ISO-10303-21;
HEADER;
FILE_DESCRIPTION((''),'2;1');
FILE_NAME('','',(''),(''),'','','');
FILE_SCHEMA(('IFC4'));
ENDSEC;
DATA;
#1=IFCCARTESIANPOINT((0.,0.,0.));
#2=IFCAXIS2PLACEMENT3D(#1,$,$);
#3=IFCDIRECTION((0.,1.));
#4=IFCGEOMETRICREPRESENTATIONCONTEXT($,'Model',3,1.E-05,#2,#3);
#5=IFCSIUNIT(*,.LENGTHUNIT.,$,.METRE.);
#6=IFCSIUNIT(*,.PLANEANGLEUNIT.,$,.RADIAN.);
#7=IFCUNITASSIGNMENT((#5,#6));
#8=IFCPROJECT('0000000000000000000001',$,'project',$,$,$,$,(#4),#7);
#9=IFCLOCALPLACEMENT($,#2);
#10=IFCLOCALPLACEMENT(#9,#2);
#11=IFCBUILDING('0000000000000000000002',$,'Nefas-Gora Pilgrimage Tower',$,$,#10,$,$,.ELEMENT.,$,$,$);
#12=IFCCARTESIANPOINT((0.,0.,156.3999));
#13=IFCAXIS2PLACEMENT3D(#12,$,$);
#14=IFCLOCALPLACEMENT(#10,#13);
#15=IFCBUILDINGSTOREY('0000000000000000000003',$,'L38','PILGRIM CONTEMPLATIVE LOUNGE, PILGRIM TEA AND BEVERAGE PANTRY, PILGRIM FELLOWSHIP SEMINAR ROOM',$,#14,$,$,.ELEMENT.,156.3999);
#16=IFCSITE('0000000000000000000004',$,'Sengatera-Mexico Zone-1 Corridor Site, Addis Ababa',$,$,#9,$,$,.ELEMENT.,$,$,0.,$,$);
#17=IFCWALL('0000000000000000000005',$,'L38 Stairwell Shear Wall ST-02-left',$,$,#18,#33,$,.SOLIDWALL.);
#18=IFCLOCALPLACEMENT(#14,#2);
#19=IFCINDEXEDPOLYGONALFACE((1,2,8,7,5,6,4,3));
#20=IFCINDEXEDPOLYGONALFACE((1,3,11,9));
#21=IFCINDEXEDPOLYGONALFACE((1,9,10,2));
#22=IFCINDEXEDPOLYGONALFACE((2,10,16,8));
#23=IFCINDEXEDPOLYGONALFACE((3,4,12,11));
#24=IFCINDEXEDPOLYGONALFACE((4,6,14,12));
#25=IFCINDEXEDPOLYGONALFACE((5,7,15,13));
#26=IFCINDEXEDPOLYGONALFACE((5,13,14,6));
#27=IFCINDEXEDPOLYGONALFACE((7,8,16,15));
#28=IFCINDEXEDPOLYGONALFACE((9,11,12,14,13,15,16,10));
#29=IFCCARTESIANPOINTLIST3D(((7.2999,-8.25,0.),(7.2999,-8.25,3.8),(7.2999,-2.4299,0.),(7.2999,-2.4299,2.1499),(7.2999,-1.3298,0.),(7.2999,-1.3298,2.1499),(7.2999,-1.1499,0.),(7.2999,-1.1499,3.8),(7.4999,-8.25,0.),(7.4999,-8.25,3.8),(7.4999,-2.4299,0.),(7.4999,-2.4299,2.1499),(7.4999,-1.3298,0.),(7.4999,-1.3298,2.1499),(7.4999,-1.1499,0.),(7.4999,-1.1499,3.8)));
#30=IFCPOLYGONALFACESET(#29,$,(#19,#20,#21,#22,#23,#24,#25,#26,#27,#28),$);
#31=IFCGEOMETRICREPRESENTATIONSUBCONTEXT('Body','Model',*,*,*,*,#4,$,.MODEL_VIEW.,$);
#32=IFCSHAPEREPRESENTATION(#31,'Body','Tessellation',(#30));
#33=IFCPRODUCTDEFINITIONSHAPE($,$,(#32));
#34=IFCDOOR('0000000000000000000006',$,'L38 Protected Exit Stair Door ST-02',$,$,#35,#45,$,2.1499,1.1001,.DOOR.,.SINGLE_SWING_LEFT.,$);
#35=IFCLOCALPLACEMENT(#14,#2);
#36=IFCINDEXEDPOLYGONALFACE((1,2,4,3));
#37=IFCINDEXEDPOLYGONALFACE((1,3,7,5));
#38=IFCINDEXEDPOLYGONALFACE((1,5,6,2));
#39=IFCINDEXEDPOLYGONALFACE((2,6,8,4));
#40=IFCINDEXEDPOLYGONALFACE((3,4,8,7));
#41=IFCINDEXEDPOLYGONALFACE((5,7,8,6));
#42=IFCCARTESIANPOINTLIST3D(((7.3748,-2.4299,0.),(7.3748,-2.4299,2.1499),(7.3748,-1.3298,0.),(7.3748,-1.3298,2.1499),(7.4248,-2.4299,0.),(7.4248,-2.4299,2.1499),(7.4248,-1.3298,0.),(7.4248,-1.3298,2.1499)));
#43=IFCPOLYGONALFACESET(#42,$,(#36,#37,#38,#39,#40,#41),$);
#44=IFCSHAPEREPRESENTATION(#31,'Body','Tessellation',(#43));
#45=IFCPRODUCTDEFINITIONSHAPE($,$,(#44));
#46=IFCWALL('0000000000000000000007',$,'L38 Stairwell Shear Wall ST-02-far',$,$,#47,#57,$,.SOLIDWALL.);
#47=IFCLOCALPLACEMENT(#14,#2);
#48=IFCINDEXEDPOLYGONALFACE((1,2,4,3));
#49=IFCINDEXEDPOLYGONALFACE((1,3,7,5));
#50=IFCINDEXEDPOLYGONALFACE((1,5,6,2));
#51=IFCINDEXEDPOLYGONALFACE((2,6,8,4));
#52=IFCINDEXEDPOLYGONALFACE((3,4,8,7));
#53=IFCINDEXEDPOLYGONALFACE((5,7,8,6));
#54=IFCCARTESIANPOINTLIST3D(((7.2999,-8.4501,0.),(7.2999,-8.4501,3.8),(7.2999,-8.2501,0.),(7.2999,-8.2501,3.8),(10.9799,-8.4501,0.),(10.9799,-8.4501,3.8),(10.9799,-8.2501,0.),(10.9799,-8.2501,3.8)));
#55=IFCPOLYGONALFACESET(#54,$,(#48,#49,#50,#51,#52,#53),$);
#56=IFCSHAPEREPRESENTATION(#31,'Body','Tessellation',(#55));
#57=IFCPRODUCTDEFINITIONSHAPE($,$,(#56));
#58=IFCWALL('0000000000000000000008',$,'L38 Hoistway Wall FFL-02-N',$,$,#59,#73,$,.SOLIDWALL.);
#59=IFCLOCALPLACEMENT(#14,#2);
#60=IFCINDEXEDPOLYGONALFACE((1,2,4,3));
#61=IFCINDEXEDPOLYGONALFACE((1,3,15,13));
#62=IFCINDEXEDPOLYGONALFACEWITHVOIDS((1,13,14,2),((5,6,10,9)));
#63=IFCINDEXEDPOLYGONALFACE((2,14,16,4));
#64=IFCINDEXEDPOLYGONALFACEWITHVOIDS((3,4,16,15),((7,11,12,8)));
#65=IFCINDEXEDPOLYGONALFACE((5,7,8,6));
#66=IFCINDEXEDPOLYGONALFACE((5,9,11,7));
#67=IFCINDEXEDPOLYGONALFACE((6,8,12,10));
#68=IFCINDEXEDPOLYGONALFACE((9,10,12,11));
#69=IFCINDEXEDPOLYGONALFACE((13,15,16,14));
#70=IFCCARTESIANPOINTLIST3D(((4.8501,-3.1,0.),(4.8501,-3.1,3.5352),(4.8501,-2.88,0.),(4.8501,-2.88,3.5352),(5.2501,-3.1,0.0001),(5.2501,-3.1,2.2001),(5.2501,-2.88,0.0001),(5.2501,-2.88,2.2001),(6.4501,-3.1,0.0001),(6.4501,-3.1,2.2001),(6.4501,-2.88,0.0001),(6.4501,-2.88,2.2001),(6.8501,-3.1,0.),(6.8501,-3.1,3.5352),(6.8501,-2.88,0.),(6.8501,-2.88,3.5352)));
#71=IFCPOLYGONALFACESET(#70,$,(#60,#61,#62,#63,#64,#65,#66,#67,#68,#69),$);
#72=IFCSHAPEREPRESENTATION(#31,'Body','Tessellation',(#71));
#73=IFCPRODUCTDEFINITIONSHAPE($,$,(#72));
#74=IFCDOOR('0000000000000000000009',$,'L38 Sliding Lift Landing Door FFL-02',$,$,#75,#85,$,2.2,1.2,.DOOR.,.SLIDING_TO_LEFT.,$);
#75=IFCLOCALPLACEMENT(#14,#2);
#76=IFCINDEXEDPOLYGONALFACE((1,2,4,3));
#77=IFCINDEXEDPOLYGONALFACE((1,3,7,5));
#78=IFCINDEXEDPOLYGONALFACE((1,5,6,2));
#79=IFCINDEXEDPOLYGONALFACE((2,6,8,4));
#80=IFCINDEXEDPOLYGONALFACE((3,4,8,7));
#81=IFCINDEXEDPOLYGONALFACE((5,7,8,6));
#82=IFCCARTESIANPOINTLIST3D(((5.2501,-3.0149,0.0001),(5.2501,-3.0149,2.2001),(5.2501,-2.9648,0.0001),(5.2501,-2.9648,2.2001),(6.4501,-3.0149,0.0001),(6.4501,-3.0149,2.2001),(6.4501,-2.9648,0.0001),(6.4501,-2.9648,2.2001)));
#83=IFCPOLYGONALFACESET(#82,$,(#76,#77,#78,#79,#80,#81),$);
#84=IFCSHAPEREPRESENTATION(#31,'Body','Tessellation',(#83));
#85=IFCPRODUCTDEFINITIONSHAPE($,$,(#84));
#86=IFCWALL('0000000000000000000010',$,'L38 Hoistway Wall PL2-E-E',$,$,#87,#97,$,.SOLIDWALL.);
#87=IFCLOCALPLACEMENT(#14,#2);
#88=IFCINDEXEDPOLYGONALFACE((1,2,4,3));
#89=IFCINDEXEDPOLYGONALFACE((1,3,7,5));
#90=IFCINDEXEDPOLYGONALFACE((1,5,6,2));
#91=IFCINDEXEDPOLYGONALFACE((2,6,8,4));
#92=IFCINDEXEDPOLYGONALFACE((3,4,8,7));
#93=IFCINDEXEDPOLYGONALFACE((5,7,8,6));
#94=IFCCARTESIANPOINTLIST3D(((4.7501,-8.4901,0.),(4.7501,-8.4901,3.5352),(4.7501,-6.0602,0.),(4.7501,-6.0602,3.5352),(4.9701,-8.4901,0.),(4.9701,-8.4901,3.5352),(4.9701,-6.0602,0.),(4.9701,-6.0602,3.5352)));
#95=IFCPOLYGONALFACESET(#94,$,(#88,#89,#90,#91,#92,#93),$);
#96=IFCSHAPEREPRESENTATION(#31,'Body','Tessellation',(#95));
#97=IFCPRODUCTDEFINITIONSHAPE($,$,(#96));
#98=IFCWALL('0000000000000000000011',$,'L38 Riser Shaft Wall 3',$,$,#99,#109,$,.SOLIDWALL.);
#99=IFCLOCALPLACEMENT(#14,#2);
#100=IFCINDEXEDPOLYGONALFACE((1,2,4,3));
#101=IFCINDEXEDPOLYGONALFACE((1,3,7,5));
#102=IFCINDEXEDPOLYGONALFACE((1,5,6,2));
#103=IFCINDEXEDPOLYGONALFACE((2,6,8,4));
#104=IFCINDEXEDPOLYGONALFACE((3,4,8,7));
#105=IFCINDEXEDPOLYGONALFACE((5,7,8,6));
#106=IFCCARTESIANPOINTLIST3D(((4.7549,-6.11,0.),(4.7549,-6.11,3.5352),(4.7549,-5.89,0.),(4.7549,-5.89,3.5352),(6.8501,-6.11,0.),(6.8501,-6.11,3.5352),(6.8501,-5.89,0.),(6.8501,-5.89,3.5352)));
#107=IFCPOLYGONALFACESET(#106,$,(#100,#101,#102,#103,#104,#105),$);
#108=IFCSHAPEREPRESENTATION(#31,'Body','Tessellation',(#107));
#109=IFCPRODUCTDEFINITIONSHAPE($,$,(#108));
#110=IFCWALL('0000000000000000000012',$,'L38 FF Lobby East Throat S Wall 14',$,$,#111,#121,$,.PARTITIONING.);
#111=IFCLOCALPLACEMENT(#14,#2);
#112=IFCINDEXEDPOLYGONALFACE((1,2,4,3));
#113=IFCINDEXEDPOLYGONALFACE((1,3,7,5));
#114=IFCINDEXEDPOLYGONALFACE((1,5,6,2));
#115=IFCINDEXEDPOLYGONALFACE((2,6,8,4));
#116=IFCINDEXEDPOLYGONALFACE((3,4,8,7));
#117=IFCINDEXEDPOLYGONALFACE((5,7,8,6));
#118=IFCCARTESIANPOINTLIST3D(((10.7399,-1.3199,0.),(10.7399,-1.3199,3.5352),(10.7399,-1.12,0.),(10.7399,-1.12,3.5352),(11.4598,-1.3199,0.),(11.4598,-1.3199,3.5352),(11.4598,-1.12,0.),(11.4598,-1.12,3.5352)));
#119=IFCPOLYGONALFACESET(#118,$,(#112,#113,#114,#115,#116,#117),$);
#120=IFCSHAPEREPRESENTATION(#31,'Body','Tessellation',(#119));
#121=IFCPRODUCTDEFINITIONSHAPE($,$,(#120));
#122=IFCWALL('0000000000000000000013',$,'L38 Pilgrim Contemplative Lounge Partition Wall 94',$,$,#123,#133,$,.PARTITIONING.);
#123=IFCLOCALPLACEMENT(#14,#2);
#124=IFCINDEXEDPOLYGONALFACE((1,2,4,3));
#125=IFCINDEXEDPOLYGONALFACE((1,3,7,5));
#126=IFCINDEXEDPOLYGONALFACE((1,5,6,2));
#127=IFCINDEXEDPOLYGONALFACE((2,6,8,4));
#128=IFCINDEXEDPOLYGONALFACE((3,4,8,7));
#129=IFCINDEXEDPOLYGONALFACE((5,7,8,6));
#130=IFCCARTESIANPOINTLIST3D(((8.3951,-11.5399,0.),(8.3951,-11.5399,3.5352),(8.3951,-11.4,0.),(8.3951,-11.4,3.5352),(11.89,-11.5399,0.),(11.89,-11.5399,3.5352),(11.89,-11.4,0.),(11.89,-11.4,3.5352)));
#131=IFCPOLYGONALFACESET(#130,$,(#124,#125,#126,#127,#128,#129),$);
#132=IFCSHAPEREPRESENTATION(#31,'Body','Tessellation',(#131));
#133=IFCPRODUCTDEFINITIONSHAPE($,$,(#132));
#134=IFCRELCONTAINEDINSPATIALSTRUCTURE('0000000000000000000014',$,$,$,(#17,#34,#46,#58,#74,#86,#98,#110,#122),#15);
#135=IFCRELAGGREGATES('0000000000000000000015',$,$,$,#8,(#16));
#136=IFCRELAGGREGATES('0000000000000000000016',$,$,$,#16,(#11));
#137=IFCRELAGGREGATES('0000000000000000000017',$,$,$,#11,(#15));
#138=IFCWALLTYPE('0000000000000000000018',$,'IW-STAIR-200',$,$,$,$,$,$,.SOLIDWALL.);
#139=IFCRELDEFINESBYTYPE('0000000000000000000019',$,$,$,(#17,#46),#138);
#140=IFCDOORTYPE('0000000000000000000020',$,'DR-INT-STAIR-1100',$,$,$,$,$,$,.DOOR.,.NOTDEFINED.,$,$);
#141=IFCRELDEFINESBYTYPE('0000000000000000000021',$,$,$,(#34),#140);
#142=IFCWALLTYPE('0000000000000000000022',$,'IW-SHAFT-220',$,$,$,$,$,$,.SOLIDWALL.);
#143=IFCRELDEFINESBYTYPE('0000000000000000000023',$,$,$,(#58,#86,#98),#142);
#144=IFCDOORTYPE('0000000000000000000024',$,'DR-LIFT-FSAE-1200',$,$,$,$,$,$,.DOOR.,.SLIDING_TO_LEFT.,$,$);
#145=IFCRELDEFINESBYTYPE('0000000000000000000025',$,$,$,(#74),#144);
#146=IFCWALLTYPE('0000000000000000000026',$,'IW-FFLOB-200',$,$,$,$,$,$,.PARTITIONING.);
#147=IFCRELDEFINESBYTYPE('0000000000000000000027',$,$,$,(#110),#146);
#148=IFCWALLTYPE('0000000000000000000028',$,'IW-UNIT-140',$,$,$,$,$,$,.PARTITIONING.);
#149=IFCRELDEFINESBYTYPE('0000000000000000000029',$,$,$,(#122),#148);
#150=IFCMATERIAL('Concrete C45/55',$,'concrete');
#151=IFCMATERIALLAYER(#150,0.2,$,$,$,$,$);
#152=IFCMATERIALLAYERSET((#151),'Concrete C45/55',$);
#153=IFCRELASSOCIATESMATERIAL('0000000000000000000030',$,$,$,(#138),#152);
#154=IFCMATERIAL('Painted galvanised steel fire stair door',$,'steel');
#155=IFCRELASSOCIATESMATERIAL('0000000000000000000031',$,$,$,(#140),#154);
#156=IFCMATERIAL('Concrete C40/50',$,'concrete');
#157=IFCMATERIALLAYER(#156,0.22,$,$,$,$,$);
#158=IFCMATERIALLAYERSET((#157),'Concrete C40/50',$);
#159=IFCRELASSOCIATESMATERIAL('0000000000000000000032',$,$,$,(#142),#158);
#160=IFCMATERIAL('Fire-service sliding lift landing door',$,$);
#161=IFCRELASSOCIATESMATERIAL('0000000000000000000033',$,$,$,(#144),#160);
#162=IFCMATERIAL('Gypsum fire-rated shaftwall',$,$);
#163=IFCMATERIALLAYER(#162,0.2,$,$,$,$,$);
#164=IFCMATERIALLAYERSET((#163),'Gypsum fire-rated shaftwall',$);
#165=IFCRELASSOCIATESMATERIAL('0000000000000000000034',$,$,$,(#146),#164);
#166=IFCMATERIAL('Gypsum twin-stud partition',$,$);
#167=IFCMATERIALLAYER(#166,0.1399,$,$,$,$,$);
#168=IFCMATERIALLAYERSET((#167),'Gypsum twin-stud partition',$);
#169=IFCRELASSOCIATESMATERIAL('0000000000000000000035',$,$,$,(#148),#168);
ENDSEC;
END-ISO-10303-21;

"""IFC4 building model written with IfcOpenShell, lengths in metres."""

from ifc_helpers import new_model, si_unit, direction, frame, frame_2d, origin, place, context, subcontext, project, spatial, rectangle, extrude, source, transform, mapped, material, layer, layer_set, type_object, element, fill, save


model = new_model("IFC4")

# Units and contexts
model_context = context("Model", 3, precision=1e-05, world=origin(), true_north=direction((0.0, 1.0)))
body_context = subcontext(model_context, "Body", "Model", "MODEL_VIEW")
ifc_project = project(units=[si_unit("LENGTHUNIT", "METRE"), si_unit("PLANEANGLEUNIT", "RADIAN")], contexts=[model_context])

# Site, building, storey
site_placement = place(None, origin())
site = spatial("IfcSite", under=ifc_project, at=site_placement, Name="Sengatera-Mexico Zone-1 Corridor Site, Addis Ababa", CompositionType="ELEMENT", RefElevation=0.0)
building_placement = place(site_placement, origin())
building = spatial("IfcBuilding", under=site, at=building_placement, Name="Nefas-Gora Pilgrimage Tower", CompositionType="ELEMENT")
storey_placement = place(building_placement, frame((0.0, 0.0, 156.3999)))
storey = spatial("IfcBuildingStorey", under=building, at=storey_placement, Name="L38", Description="PILGRIM CONTEMPLATIVE LOUNGE, PILGRIM TEA AND BEVERAGE PANTRY, PILGRIM FELLOWSHIP SEMINAR ROOM", CompositionType="ELEMENT", Elevation=156.3999)

# Wall, opening, door
ifc_material_1 = material(Name="Concrete C45/55", Category="concrete")
ifc_layer_1 = layer(ifc_material_1, 0.2)
ifc_layer_set_1 = layer_set([ifc_layer_1], Name="Concrete C45/55")
wall_type_1 = type_object("IfcWallType", Name="IW-STAIR-200", PredefinedType="SOLIDWALL", material=ifc_layer_set_1)
shared_shape_1 = source(origin(), body_context, "Body", "SweptSolid", [
    extrude(rectangle(XDim=7.1001, YDim=0.2, at=frame_2d((3.55, 0.0))), origin(), (0.0, 0.0, 1.0), 3.8),
])
wall_1_placement = place(storey_placement, frame((7.3999, -1.1499, 0.0), z_axis=(0.0, 0.0, 1.0), x_axis=(0.0, -1.0, 0.0)))
wall_1 = element("IfcWall", 1, at=wall_1_placement, inside=storey, type_object=wall_type_1, Name="L38 Stairwell Shear Wall ST-02-left", PredefinedType="SOLIDWALL", context=body_context, shape_type="MappedRepresentation", body=[
    mapped(shared_shape_1, transform((0.0, 0.0, 0.0), x_axis=(1.0, 0.0, 0.0), y_axis=(0.0, 1.0, 0.0), z_axis=(0.0, 0.0, 1.0), scale=1.0)),
])
opening_1_placement = place(wall_1_placement, frame((0.1799, 0.0, 0.0)))
opening_1 = element("IfcOpeningElement", 2, at=opening_1_placement, cuts=wall_1, PredefinedType="OPENING", context=body_context, shape_type="SweptSolid", body=[
    extrude(rectangle(XDim=1.1001, YDim=2.1499, at=frame_2d((0.55, 1.075))), frame((0.0, 0.1099, 0.0), z_axis=(0.0, -1.0, 0.0), x_axis=(1.0, 0.0, 0.0)), (0.0, 0.0, 1.0), 0.22),
])
ifc_material_2 = material(Name="Painted galvanised steel fire stair door", Category="steel")
door_type_1 = type_object("IfcDoorType", Name="DR-INT-STAIR-1100", OperationType="NOTDEFINED", PredefinedType="DOOR", material=ifc_material_2)
shared_shape_2 = source(origin(), body_context, "Body", "SweptSolid", [
    extrude(rectangle(XDim=1.1001, YDim=2.1499, at=frame_2d((0.55, 1.075))), frame((0.0, 0.0249, 0.0), z_axis=(0.0, -1.0, 0.0), x_axis=(1.0, 0.0, 0.0)), (0.0, 0.0, 1.0), 0.05),
])
door_1_placement = place(opening_1_placement, origin())
door_1 = element("IfcDoor", 3, at=door_1_placement, inside=storey, type_object=door_type_1, Name="L38 Protected Exit Stair Door ST-02", OperationType="SINGLE_SWING_LEFT", OverallHeight=2.1499, OverallWidth=1.1001, PredefinedType="DOOR", context=body_context, shape_type="MappedRepresentation", body=[
    mapped(shared_shape_2, transform((0.0, 0.0, 0.0), x_axis=(1.0, 0.0, 0.0), y_axis=(0.0, 1.0, 0.0), z_axis=(0.0, 0.0, 1.0), scale=1.0)),
])
fill(opening_1, door_1)

# Wall
shared_shape_3 = source(origin(), body_context, "Body", "SweptSolid", [
    extrude(rectangle(XDim=3.6799, YDim=0.2, at=frame_2d((1.8398, 0.0))), origin(), (0.0, 0.0, 1.0), 3.8),
])
wall_2_placement = place(storey_placement, frame((7.3, -8.3501, 0.0), z_axis=(0.0, 0.0, 1.0), x_axis=(1.0, 0.0, 0.0)))
element("IfcWall", 4, at=wall_2_placement, inside=storey, type_object=wall_type_1, Name="L38 Stairwell Shear Wall ST-02-far", PredefinedType="SOLIDWALL", context=body_context, shape_type="MappedRepresentation", body=[
    mapped(shared_shape_3, transform((0.0, 0.0, 0.0), x_axis=(1.0, 0.0, 0.0), y_axis=(0.0, 1.0, 0.0), z_axis=(0.0, 0.0, 1.0), scale=1.0)),
])

# Wall, opening, door
ifc_material_3 = material(Name="Concrete C40/50", Category="concrete")
ifc_layer_2 = layer(ifc_material_3, 0.22)
ifc_layer_set_2 = layer_set([ifc_layer_2], Name="Concrete C40/50")
wall_type_2 = type_object("IfcWallType", Name="IW-SHAFT-220", PredefinedType="SOLIDWALL", material=ifc_layer_set_2)
shared_shape_4 = source(origin(), body_context, "Body", "SweptSolid", [
    extrude(rectangle(XDim=2.0, YDim=0.22, at=frame_2d((1.0, 0.0))), origin(), (0.0, 0.0, 1.0), 3.5352),
])
wall_3_placement = place(storey_placement, frame((6.8501, -2.99, 0.0), z_axis=(0.0, 0.0, 1.0), x_axis=(-1.0, 0.0, 0.0)))
wall_3 = element("IfcWall", 5, at=wall_3_placement, inside=storey, type_object=wall_type_2, Name="L38 Hoistway Wall FFL-02-N", PredefinedType="SOLIDWALL", context=body_context, shape_type="MappedRepresentation", body=[
    mapped(shared_shape_4, transform((0.0, 0.0, 0.0), x_axis=(1.0, 0.0, 0.0), y_axis=(0.0, 1.0, 0.0), z_axis=(0.0, 0.0, 1.0), scale=1.0)),
])
opening_2_placement = place(wall_3_placement, frame((0.3999, 0.0, 0.0)))
opening_2 = element("IfcOpeningElement", 6, at=opening_2_placement, cuts=wall_3, PredefinedType="OPENING", context=body_context, shape_type="SweptSolid", body=[
    extrude(rectangle(XDim=1.2, YDim=2.2, at=frame_2d((0.6001, 1.1001))), frame((0.0, 0.1199, 0.0), z_axis=(0.0, -1.0, 0.0), x_axis=(1.0, 0.0, 0.0)), (0.0, 0.0, 1.0), 0.24),
])
ifc_material_4 = material(Name="Fire-service sliding lift landing door")
door_type_2 = type_object("IfcDoorType", Name="DR-LIFT-FSAE-1200", OperationType="SLIDING_TO_LEFT", PredefinedType="DOOR", material=ifc_material_4)
shared_shape_5 = source(origin(), body_context, "Body", "SweptSolid", [
    extrude(rectangle(XDim=1.2, YDim=2.2, at=frame_2d((0.6001, 1.1001))), frame((0.0, 0.0249, 0.0), z_axis=(0.0, -1.0, 0.0), x_axis=(1.0, 0.0, 0.0)), (0.0, 0.0, 1.0), 0.05),
])
door_2_placement = place(opening_2_placement, origin())
door_2 = element("IfcDoor", 7, at=door_2_placement, inside=storey, type_object=door_type_2, Name="L38 Sliding Lift Landing Door FFL-02", OperationType="SLIDING_TO_LEFT", OverallHeight=2.2, OverallWidth=1.2, PredefinedType="DOOR", context=body_context, shape_type="MappedRepresentation", body=[
    mapped(shared_shape_5, transform((0.0, 0.0, 0.0), x_axis=(1.0, 0.0, 0.0), y_axis=(0.0, 1.0, 0.0), z_axis=(0.0, 0.0, 1.0), scale=1.0)),
])
fill(opening_2, door_2)

# Walls
shared_shape_6 = source(origin(), body_context, "Body", "SweptSolid", [
    extrude(rectangle(XDim=2.4299, YDim=0.22, at=frame_2d((1.2148, 0.0))), origin(), (0.0, 0.0, 1.0), 3.5352),
])
wall_4_placement = place(storey_placement, frame((4.8601, -8.49, 0.0), z_axis=(0.0, 0.0, 1.0), x_axis=(0.0, 1.0, 0.0)))
element("IfcWall", 8, at=wall_4_placement, inside=storey, type_object=wall_type_2, Name="L38 Hoistway Wall PL2-E-E", PredefinedType="SOLIDWALL", context=body_context, shape_type="MappedRepresentation", body=[
    mapped(shared_shape_6, transform((0.0, 0.0, 0.0), x_axis=(1.0, 0.0, 0.0), y_axis=(0.0, 1.0, 0.0), z_axis=(0.0, 0.0, 1.0), scale=1.0)),
])
shared_shape_7 = source(origin(), body_context, "Body", "SweptSolid", [
    extrude(rectangle(XDim=2.0952, YDim=0.22, at=frame_2d((1.0476, 0.0))), origin(), (0.0, 0.0, 1.0), 3.5352),
])
wall_5_placement = place(storey_placement, frame((4.7549, -6.0, 0.0), z_axis=(0.0, 0.0, 1.0), x_axis=(1.0, 0.0, 0.0)))
element("IfcWall", 9, at=wall_5_placement, inside=storey, type_object=wall_type_2, Name="L38 Riser Shaft Wall 3", PredefinedType="SOLIDWALL", context=body_context, shape_type="MappedRepresentation", body=[
    mapped(shared_shape_7, transform((0.0, 0.0, 0.0), x_axis=(1.0, 0.0, 0.0), y_axis=(0.0, 1.0, 0.0), z_axis=(0.0, 0.0, 1.0), scale=1.0)),
])
ifc_material_5 = material(Name="Gypsum fire-rated shaftwall")
ifc_layer_3 = layer(ifc_material_5, 0.2)
ifc_layer_set_3 = layer_set([ifc_layer_3], Name="Gypsum fire-rated shaftwall")
wall_type_3 = type_object("IfcWallType", Name="IW-FFLOB-200", PredefinedType="PARTITIONING", material=ifc_layer_set_3)
shared_shape_8 = source(origin(), body_context, "Body", "SweptSolid", [
    extrude(rectangle(XDim=0.72, YDim=0.2, at=frame_2d((0.3599, 0.0))), origin(), (0.0, 0.0, 1.0), 3.5352),
])
wall_6_placement = place(storey_placement, frame((10.74, -1.22, 0.0), z_axis=(0.0, 0.0, 1.0), x_axis=(1.0, 0.0, 0.0)))
element("IfcWall", 10, at=wall_6_placement, inside=storey, type_object=wall_type_3, Name="L38 FF Lobby East Throat S Wall 14", PredefinedType="PARTITIONING", context=body_context, shape_type="MappedRepresentation", body=[
    mapped(shared_shape_8, transform((0.0, 0.0, 0.0), x_axis=(1.0, 0.0, 0.0), y_axis=(0.0, 1.0, 0.0), z_axis=(0.0, 0.0, 1.0), scale=1.0)),
])
ifc_material_6 = material(Name="Gypsum twin-stud partition")
ifc_layer_4 = layer(ifc_material_6, 0.1399)
ifc_layer_set_4 = layer_set([ifc_layer_4], Name="Gypsum twin-stud partition")
wall_type_4 = type_object("IfcWallType", Name="IW-UNIT-140", PredefinedType="PARTITIONING", material=ifc_layer_set_4)
shared_shape_9 = source(origin(), body_context, "Body", "SweptSolid", [
    extrude(rectangle(XDim=3.4949, YDim=0.1399, at=frame_2d((1.7476, 0.0))), origin(), (0.0, 0.0, 1.0), 3.5352),
])
wall_7_placement = place(storey_placement, frame((8.395, -11.47, 0.0), z_axis=(0.0, 0.0, 1.0), x_axis=(1.0, 0.0, 0.0)))
element("IfcWall", 11, at=wall_7_placement, inside=storey, type_object=wall_type_4, Name="L38 Pilgrim Contemplative Lounge Partition Wall 94", PredefinedType="PARTITIONING", context=body_context, shape_type="MappedRepresentation", body=[
    mapped(shared_shape_9, transform((0.0, 0.0, 0.0), x_axis=(1.0, 0.0, 0.0), y_axis=(0.0, 1.0, 0.0), z_axis=(0.0, 0.0, 1.0), scale=1.0)),
])

save(model, "model.ifc")
